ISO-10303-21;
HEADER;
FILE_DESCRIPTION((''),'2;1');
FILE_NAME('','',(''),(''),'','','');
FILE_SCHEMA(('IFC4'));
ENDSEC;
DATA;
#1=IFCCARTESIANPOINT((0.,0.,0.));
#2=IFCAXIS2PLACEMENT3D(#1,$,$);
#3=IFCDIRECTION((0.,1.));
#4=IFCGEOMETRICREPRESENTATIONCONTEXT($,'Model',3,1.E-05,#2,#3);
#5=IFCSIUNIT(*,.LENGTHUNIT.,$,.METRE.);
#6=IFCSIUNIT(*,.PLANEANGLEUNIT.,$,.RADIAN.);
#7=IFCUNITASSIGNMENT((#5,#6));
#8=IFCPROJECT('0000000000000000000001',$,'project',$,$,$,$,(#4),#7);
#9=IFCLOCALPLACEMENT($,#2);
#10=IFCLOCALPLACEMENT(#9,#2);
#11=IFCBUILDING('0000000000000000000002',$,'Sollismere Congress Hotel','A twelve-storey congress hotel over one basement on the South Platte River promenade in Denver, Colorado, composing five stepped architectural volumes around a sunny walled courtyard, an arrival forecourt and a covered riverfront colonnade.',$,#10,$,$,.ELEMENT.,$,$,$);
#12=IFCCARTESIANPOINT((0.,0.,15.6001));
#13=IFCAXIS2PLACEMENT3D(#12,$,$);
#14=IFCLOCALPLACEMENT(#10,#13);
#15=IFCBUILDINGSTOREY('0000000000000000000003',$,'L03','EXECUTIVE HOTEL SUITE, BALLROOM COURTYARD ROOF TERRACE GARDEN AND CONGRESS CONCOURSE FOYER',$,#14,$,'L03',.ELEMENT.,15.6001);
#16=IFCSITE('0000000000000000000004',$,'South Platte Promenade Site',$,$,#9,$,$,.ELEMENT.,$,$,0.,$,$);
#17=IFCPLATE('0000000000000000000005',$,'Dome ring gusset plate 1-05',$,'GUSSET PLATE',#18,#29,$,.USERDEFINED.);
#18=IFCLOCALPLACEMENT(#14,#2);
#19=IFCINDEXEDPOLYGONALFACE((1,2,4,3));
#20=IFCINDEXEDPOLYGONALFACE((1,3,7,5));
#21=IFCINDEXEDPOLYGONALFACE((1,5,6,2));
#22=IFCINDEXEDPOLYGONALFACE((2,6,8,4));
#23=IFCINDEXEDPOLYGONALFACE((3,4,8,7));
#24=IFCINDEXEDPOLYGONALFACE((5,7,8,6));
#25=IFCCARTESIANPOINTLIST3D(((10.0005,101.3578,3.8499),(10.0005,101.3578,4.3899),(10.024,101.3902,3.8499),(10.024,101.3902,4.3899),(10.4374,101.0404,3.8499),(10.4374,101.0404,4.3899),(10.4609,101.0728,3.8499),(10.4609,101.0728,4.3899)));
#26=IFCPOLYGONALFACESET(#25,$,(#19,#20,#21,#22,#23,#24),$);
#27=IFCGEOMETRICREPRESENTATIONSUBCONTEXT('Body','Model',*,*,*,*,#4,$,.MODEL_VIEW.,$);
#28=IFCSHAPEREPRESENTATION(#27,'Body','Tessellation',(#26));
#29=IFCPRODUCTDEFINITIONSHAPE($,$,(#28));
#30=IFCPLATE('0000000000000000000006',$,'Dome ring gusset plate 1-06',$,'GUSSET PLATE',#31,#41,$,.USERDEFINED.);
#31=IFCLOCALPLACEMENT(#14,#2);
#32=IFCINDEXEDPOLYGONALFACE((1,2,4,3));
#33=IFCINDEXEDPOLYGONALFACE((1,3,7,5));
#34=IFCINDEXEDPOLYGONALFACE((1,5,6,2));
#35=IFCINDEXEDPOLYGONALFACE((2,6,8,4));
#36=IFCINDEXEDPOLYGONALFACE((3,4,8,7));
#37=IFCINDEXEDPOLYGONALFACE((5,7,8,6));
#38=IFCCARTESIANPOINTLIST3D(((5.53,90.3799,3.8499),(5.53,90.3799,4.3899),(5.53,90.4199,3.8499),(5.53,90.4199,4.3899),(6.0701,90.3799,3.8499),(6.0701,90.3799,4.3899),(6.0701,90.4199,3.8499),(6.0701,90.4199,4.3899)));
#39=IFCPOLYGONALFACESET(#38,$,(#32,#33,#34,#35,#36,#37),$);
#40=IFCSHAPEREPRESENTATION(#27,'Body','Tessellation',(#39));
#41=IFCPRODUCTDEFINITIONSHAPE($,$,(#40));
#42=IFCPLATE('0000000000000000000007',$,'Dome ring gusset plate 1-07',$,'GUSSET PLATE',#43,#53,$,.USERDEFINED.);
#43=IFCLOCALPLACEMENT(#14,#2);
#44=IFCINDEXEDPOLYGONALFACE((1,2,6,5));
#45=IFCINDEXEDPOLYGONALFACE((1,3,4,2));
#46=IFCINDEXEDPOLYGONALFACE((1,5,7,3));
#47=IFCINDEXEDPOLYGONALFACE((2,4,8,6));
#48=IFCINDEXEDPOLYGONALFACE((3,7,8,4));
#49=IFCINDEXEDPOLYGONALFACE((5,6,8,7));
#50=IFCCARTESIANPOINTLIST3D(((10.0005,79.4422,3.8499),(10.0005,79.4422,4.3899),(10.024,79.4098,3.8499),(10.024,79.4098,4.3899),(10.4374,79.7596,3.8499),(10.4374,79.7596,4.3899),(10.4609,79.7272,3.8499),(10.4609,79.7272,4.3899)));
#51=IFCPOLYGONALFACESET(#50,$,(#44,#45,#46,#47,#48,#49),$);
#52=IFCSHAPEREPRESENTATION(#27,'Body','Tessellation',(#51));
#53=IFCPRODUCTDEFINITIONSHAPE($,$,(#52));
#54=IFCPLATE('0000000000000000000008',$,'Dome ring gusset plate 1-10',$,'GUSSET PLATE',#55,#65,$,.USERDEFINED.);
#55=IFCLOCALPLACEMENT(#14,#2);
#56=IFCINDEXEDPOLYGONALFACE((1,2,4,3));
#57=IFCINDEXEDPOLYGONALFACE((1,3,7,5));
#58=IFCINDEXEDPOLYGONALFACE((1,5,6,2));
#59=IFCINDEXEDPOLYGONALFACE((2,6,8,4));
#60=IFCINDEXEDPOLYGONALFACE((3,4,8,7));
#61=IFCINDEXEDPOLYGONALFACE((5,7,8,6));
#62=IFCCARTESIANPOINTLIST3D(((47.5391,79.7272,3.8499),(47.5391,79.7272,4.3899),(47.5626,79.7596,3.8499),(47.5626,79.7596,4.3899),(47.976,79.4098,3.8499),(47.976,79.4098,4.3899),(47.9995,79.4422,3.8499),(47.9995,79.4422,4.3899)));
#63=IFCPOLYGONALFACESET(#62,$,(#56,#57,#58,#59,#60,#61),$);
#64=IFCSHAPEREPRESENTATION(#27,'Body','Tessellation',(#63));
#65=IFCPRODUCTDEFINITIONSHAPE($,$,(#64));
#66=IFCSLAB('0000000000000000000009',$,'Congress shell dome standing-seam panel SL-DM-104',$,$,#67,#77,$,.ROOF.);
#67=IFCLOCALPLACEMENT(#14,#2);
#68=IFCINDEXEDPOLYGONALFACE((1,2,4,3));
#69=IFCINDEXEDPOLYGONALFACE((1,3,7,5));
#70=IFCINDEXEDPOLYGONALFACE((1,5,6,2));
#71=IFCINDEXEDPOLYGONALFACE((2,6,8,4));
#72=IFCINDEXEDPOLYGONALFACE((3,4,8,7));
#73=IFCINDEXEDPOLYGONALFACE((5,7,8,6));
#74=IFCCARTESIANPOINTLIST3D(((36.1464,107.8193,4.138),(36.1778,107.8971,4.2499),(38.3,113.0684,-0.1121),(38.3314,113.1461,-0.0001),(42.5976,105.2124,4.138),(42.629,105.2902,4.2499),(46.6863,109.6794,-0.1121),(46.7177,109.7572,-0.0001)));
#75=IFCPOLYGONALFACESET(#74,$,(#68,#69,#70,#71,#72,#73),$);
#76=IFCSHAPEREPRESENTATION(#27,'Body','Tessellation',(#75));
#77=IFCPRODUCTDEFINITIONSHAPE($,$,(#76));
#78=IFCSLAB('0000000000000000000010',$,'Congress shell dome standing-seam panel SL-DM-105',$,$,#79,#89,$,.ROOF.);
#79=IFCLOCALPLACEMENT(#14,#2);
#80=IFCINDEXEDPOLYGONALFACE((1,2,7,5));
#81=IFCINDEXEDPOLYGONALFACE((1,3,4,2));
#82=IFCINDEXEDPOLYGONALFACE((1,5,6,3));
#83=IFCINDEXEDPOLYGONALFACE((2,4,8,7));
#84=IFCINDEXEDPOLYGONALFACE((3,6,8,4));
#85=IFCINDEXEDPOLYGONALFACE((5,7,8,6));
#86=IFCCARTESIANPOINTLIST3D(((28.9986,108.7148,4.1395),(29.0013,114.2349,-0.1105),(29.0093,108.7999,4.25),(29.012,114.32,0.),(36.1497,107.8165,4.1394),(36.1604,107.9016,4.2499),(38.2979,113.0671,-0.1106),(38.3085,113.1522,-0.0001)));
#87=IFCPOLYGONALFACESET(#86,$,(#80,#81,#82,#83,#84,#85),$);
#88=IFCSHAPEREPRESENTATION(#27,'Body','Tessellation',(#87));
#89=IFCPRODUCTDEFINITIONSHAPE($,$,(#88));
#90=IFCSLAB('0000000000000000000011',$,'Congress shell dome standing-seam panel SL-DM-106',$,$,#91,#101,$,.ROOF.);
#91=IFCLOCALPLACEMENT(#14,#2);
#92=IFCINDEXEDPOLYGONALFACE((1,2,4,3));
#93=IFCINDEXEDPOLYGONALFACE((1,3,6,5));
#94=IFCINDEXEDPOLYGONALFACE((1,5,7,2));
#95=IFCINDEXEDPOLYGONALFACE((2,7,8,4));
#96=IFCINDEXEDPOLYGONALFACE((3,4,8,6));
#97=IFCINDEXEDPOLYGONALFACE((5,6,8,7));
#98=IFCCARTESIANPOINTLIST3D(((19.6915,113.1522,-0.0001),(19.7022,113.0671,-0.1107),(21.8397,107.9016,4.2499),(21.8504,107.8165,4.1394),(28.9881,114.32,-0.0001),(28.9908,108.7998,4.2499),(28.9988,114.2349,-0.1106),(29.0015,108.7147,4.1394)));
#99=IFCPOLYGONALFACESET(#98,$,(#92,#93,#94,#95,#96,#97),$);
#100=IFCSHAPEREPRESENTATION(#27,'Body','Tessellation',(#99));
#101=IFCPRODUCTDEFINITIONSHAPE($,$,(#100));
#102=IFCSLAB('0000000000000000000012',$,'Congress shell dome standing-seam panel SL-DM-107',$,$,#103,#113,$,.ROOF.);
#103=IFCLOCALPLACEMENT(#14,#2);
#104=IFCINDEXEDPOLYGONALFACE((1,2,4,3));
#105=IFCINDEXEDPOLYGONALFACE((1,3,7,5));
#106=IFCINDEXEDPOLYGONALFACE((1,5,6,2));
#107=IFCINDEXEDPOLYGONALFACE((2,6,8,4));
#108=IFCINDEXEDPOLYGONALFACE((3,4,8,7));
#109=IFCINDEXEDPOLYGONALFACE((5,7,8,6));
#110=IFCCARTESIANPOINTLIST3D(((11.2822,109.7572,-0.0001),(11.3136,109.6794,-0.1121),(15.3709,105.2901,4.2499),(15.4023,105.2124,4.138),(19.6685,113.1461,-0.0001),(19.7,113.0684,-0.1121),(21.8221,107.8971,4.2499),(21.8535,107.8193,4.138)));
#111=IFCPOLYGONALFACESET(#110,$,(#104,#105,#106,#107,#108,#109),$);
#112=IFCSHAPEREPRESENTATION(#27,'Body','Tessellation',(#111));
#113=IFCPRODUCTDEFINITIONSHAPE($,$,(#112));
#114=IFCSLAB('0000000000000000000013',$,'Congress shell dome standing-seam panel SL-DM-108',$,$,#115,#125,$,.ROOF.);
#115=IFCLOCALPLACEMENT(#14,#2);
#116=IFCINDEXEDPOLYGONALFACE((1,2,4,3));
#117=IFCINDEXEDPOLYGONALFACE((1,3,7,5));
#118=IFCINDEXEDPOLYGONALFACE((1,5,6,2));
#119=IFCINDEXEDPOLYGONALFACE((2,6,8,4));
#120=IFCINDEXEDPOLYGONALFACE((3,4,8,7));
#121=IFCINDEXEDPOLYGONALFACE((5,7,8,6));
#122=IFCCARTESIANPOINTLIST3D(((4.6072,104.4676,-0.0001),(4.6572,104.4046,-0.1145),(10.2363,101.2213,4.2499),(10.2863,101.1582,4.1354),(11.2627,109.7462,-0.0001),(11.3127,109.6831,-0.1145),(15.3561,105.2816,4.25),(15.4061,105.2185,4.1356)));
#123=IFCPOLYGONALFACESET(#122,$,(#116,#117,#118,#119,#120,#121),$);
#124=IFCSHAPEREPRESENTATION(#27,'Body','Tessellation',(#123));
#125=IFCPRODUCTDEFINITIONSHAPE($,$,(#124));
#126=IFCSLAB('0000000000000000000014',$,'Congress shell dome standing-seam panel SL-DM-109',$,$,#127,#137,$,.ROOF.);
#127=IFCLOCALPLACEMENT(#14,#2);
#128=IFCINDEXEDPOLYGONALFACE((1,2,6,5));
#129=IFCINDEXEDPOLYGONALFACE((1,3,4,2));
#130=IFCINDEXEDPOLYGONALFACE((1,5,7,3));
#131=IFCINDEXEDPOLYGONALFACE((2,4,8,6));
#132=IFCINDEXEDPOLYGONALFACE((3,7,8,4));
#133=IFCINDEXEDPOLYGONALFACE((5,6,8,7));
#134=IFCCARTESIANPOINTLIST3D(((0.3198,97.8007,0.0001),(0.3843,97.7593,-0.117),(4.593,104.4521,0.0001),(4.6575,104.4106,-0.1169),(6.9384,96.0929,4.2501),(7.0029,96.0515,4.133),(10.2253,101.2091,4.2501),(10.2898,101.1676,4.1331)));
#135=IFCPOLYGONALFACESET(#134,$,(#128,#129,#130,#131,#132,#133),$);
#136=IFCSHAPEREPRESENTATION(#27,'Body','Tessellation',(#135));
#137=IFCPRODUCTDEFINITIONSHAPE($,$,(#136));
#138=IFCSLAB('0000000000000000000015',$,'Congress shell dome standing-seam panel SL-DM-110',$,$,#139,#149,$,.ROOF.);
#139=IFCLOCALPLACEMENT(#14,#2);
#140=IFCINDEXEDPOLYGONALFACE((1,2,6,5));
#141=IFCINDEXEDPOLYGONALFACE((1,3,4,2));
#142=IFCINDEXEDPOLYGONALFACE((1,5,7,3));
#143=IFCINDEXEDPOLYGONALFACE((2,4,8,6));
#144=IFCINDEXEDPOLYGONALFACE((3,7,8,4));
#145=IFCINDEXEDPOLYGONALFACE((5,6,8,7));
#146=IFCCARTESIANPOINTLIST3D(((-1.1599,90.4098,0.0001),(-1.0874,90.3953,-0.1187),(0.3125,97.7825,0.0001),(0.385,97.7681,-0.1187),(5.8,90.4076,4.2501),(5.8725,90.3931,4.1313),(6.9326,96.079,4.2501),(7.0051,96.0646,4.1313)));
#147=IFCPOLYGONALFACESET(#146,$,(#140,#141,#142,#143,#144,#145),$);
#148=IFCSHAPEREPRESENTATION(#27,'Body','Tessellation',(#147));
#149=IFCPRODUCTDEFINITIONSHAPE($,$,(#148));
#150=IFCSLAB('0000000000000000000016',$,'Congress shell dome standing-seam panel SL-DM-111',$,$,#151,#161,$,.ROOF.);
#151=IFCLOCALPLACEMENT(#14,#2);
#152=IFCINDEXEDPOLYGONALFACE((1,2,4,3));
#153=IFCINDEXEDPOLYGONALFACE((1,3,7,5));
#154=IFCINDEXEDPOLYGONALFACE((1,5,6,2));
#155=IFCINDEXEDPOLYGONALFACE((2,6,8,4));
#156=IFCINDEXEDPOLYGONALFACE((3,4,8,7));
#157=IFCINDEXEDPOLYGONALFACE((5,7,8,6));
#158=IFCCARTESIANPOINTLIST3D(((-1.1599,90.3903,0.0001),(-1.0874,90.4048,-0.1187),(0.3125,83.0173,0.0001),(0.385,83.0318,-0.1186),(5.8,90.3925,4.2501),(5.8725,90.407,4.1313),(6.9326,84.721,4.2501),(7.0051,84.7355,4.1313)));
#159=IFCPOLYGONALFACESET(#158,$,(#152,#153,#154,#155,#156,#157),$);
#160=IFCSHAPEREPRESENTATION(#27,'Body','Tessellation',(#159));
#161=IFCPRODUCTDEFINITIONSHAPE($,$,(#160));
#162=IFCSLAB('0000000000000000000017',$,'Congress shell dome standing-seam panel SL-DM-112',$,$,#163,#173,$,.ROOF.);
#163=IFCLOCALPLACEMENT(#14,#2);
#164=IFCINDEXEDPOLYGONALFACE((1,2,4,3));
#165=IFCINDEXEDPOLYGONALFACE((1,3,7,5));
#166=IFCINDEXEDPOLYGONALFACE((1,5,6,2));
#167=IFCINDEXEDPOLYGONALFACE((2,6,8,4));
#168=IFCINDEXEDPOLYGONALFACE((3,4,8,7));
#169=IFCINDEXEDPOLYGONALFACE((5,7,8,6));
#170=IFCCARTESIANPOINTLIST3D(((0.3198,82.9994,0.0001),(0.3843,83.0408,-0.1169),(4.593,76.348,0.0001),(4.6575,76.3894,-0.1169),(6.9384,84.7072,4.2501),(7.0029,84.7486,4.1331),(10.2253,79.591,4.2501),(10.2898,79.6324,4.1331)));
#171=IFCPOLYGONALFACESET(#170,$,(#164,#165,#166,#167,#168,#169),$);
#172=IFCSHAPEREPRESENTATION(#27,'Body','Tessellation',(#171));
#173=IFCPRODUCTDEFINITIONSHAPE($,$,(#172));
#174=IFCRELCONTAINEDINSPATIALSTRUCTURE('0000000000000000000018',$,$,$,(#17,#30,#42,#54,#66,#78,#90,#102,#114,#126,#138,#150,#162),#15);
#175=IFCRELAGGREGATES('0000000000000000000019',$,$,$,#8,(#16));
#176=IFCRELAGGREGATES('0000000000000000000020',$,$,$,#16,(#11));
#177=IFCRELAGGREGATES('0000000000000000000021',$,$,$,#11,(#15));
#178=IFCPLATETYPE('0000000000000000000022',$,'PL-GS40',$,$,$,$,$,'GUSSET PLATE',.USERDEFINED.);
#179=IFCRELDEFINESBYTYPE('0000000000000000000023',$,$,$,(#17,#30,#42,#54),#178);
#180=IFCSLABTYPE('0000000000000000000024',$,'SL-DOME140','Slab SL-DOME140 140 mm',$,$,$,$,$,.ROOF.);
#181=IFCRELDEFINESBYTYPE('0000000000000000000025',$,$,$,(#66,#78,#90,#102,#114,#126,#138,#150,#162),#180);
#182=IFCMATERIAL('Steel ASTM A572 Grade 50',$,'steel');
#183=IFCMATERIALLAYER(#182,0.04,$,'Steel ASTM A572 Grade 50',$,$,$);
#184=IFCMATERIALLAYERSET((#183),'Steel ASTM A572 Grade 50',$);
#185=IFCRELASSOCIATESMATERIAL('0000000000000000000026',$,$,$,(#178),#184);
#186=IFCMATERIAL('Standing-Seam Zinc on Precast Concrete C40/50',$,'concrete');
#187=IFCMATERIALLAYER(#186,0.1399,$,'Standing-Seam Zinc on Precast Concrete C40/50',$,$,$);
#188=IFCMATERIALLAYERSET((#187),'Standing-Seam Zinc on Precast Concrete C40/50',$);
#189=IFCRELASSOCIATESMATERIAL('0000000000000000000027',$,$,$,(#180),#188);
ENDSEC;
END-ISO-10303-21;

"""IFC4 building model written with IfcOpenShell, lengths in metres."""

from ifc_helpers import new_model, si_unit, direction, frame, origin, origin_2d, place, context, subcontext, project, spatial, polyline, rectangle, outline, extrude, material, layer, layer_set, type_object, element, save


model = new_model("IFC4")

# Units and contexts
model_context = context("Model", 3, precision=1e-05, world=origin(), true_north=direction((0.0, 1.0)))
body_context = subcontext(model_context, "Body", "Model", "MODEL_VIEW")
ifc_project = project(units=[si_unit("LENGTHUNIT", "METRE"), si_unit("PLANEANGLEUNIT", "RADIAN")], contexts=[model_context])

# Site, building, storey
site_placement = place(None, origin())
site = spatial("IfcSite", under=ifc_project, at=site_placement, Name="South Platte Promenade Site", CompositionType="ELEMENT", RefElevation=0.0)
building_placement = place(site_placement, origin())
building = spatial("IfcBuilding", under=site, at=building_placement, Name="Sollismere Congress Hotel", Description="A twelve-storey congress hotel over one basement on the South Platte River promenade in Denver, Colorado, composing five stepped architectural volumes around a sunny walled courtyard, an arrival forecourt and a covered riverfront colonnade.", CompositionType="ELEMENT")
storey_placement = place(building_placement, frame((0.0, 0.0, 15.6001)))
storey = spatial("IfcBuildingStorey", under=building, at=storey_placement, Name="L03", Description="EXECUTIVE HOTEL SUITE, BALLROOM COURTYARD ROOF TERRACE GARDEN AND CONGRESS CONCOURSE FOYER", LongName="L03", CompositionType="ELEMENT", Elevation=15.6001)

# Plates
ifc_material_1 = material(Name="Steel ASTM A572 Grade 50", Category="steel")
ifc_layer_1 = layer(ifc_material_1, 0.04, Name="Steel ASTM A572 Grade 50")
ifc_layer_set_1 = layer_set([ifc_layer_1], Name="Steel ASTM A572 Grade 50")
plate_type_1 = type_object("IfcPlateType", Name="PL-GS40", ElementType="GUSSET PLATE", PredefinedType="USERDEFINED", material=ifc_layer_set_1)
for number, where, z_axis, x_axis, name in (
    (1, (10.2307, 101.2153, 3.8499), (0.0, 0.0, 1.0), (-0.809017, 0.587785, 0.0), "Dome ring gusset plate 1-05"),
    (2, (5.8, 90.3999, 3.8499), (0.0, 0.0, 1.0), (-1.0, 0.0, 0.0), "Dome ring gusset plate 1-06"),
    (3, (10.2307, 79.5847, 3.8499), (0.0, 0.0, 1.0), (-0.809017, -0.587785, 0.0), "Dome ring gusset plate 1-07"),
    (4, (47.7693, 79.5847, 3.8499), (0.0, 0.0, 1.0), (0.809017, -0.587785, 0.0), "Dome ring gusset plate 1-10"),
):
    element("IfcPlate", number, at=place(storey_placement, frame(where, z_axis=z_axis, x_axis=x_axis)), inside=storey, type_object=plate_type_1, Name=name, ObjectType="GUSSET PLATE", PredefinedType="USERDEFINED", context=body_context, shape_type="SweptSolid", body=[
        extrude(rectangle(XDim=0.54, YDim=0.04, at=origin_2d()), origin(), (0.0, 0.0, 1.0), 0.54),
    ])

# Slabs
ifc_material_2 = material(Name="Standing-Seam Zinc on Precast Concrete C40/50", Category="concrete")
ifc_layer_2 = layer(ifc_material_2, 0.1399, Name="Standing-Seam Zinc on Precast Concrete C40/50")
ifc_layer_set_2 = layer_set([ifc_layer_2], Name="Standing-Seam Zinc on Precast Concrete C40/50")
slab_type = type_object("IfcSlabType", Name="SL-DOME140", Description="Slab SL-DOME140 140 mm", PredefinedType="ROOF", material=ifc_layer_set_2)
slab_1_placement = place(storey_placement, frame((46.6863, 109.6794, -0.1121), z_axis=(0.224627, 0.555864, 0.800349), x_axis=(-0.927159, 0.374669, 0.0)))
element("IfcSlab", 5, at=slab_1_placement, inside=storey, type_object=slab_type, Name="Congress shell dome standing-seam panel SL-DM-104", PredefinedType="ROOF", context=body_context, shape_type="SweptSolid", body=[
    extrude(outline(polyline([(0.0, 0.0), (9.0452, 0.0), (9.0752, 7.0889), (2.1172, 7.0889), (0.0, 0.0)])), origin(), (0.0, 0.0, 1.0), 0.1399),
])
slab_2_placement = place(storey_placement, frame((38.2979, 113.0671, -0.1106), z_axis=(0.076407, 0.608241, 0.790066), x_axis=(-0.992203, 0.124633, 0.000006)))
element("IfcSlab", 6, at=slab_2_placement, inside=storey, type_object=slab_type, Name="Congress shell dome standing-seam panel SL-DM-105", PredefinedType="ROOF", context=body_context, shape_type="SweptSolid", body=[
    extrude(outline(polyline([(0.0, 0.0), (9.3696, 0.0), (8.6843, 6.9329), (1.4771, 6.9329), (0.0, 0.0)])), origin(), (0.0, 0.0, 1.0), 0.1399),
])
slab_3_placement = place(storey_placement, frame((28.9988, 114.2349, -0.1106), z_axis=(-0.076407, 0.608241, 0.790066), x_axis=(-0.992203, -0.124633, -0.000006)))
element("IfcSlab", 7, at=slab_3_placement, inside=storey, type_object=slab_type, Name="Congress shell dome standing-seam panel SL-DM-106", PredefinedType="ROOF", context=body_context, shape_type="SweptSolid", body=[
    extrude(outline(polyline([(0.0, 0.0), (9.3696, 0.0), (7.8926, 6.9329), (0.6853, 6.9329), (0.0, 0.0)])), origin(), (0.0, 0.0, 1.0), 0.1399),
])
slab_4_placement = place(storey_placement, frame((19.7, 113.0684, -0.1121), z_axis=(-0.224627, 0.555864, 0.800349), x_axis=(-0.927159, -0.374669, 0.0)))
element("IfcSlab", 8, at=slab_4_placement, inside=storey, type_object=slab_type, Name="Congress shell dome standing-seam panel SL-DM-107", PredefinedType="ROOF", context=body_context, shape_type="SweptSolid", body=[
    extrude(outline(polyline([(0.0, 0.0), (9.0452, 0.0), (6.928, 7.0889), (-0.03, 7.0889), (0.0, 0.0)])), origin(), (0.0, 0.0, 1.0), 0.1399),
])
slab_5_placement = place(storey_placement, frame((11.3127, 109.6831, -0.1145), z_axis=(-0.357528, 0.450799, 0.817896), x_axis=(-0.783496, -0.621397, 0.000003)))
element("IfcSlab", 9, at=slab_5_placement, inside=storey, type_object=slab_type, Name="Congress shell dome standing-seam panel SL-DM-108", PredefinedType="ROOF", context=body_context, shape_type="SweptSolid", body=[
    extrude(outline(polyline([(0.0, 0.0), (8.4946, 0.0), (6.1016, 7.3865), (-0.4329, 7.3867), (0.0, 0.0)])), origin(), (0.0, 0.0, 1.0), 0.1399),
])
slab_6_placement = place(storey_placement, frame((4.6575, 104.4106, -0.1169), z_axis=(-0.46084, 0.296066, 0.836643), x_axis=(-0.540516, -0.841334, -0.000002)))
element("IfcSlab", 10, at=slab_6_placement, inside=storey, type_object=slab_type, Name="Congress shell dome standing-seam panel SL-DM-109", PredefinedType="ROOF", context=body_context, shape_type="SweptSolid", body=[
    extrude(outline(polyline([(0.0, 0.0), (7.9058, 0.0), (5.7651, 7.759), (-0.3159, 7.759), (0.0, 0.0)])), origin(), (0.0, 0.0, 1.0), 0.1399),
])
slab_7_placement = place(storey_placement, frame((0.385, 97.7681, -0.1187), z_axis=(-0.518333, 0.103513, 0.848891), x_axis=(-0.19584, -0.980636, -0.000002)))
element("IfcSlab", 11, at=slab_7_placement, inside=storey, type_object=slab_type, Name="Congress shell dome standing-seam panel SL-DM-110", PredefinedType="ROOF", context=body_context, shape_type="SweptSolid", body=[
    extrude(outline(polyline([(0.0, 0.0), (7.5183, 0.0), (6.1575, 8.0405), (0.374, 8.0405), (0.0, 0.0)])), origin(), (0.0, 0.0, 1.0), 0.1399),
])
slab_8_placement = place(storey_placement, frame((-1.0874, 90.4048, -0.1187), z_axis=(-0.518332, -0.103511, 0.848892), x_axis=(0.195835, -0.980637, 0.000001)))
element("IfcSlab", 12, at=slab_8_placement, inside=storey, type_object=slab_type, Name="Congress shell dome standing-seam panel SL-DM-111", PredefinedType="ROOF", context=body_context, shape_type="SweptSolid", body=[
    extrude(outline(polyline([(0.0, 0.0), (7.5186, 0.0), (7.1443, 8.0405), (1.3608, 8.0405), (0.0, 0.0)])), origin(), (0.0, 0.0, 1.0), 0.1399),
])
slab_9_placement = place(storey_placement, frame((0.3843, 83.0408, -0.1169), z_axis=(-0.46084, -0.296066, 0.836643), x_axis=(0.540516, -0.841334, 0.000002)))
element("IfcSlab", 13, at=slab_9_placement, inside=storey, type_object=slab_type, Name="Congress shell dome standing-seam panel SL-DM-112", PredefinedType="ROOF", context=body_context, shape_type="SweptSolid", body=[
    extrude(outline(polyline([(0.0, 0.0), (7.9058, 0.0), (8.2217, 7.759), (2.1406, 7.759), (0.0, 0.0)])), origin(), (0.0, 0.0, 1.0), 0.1399),
])

save(model, "model.ifc")
